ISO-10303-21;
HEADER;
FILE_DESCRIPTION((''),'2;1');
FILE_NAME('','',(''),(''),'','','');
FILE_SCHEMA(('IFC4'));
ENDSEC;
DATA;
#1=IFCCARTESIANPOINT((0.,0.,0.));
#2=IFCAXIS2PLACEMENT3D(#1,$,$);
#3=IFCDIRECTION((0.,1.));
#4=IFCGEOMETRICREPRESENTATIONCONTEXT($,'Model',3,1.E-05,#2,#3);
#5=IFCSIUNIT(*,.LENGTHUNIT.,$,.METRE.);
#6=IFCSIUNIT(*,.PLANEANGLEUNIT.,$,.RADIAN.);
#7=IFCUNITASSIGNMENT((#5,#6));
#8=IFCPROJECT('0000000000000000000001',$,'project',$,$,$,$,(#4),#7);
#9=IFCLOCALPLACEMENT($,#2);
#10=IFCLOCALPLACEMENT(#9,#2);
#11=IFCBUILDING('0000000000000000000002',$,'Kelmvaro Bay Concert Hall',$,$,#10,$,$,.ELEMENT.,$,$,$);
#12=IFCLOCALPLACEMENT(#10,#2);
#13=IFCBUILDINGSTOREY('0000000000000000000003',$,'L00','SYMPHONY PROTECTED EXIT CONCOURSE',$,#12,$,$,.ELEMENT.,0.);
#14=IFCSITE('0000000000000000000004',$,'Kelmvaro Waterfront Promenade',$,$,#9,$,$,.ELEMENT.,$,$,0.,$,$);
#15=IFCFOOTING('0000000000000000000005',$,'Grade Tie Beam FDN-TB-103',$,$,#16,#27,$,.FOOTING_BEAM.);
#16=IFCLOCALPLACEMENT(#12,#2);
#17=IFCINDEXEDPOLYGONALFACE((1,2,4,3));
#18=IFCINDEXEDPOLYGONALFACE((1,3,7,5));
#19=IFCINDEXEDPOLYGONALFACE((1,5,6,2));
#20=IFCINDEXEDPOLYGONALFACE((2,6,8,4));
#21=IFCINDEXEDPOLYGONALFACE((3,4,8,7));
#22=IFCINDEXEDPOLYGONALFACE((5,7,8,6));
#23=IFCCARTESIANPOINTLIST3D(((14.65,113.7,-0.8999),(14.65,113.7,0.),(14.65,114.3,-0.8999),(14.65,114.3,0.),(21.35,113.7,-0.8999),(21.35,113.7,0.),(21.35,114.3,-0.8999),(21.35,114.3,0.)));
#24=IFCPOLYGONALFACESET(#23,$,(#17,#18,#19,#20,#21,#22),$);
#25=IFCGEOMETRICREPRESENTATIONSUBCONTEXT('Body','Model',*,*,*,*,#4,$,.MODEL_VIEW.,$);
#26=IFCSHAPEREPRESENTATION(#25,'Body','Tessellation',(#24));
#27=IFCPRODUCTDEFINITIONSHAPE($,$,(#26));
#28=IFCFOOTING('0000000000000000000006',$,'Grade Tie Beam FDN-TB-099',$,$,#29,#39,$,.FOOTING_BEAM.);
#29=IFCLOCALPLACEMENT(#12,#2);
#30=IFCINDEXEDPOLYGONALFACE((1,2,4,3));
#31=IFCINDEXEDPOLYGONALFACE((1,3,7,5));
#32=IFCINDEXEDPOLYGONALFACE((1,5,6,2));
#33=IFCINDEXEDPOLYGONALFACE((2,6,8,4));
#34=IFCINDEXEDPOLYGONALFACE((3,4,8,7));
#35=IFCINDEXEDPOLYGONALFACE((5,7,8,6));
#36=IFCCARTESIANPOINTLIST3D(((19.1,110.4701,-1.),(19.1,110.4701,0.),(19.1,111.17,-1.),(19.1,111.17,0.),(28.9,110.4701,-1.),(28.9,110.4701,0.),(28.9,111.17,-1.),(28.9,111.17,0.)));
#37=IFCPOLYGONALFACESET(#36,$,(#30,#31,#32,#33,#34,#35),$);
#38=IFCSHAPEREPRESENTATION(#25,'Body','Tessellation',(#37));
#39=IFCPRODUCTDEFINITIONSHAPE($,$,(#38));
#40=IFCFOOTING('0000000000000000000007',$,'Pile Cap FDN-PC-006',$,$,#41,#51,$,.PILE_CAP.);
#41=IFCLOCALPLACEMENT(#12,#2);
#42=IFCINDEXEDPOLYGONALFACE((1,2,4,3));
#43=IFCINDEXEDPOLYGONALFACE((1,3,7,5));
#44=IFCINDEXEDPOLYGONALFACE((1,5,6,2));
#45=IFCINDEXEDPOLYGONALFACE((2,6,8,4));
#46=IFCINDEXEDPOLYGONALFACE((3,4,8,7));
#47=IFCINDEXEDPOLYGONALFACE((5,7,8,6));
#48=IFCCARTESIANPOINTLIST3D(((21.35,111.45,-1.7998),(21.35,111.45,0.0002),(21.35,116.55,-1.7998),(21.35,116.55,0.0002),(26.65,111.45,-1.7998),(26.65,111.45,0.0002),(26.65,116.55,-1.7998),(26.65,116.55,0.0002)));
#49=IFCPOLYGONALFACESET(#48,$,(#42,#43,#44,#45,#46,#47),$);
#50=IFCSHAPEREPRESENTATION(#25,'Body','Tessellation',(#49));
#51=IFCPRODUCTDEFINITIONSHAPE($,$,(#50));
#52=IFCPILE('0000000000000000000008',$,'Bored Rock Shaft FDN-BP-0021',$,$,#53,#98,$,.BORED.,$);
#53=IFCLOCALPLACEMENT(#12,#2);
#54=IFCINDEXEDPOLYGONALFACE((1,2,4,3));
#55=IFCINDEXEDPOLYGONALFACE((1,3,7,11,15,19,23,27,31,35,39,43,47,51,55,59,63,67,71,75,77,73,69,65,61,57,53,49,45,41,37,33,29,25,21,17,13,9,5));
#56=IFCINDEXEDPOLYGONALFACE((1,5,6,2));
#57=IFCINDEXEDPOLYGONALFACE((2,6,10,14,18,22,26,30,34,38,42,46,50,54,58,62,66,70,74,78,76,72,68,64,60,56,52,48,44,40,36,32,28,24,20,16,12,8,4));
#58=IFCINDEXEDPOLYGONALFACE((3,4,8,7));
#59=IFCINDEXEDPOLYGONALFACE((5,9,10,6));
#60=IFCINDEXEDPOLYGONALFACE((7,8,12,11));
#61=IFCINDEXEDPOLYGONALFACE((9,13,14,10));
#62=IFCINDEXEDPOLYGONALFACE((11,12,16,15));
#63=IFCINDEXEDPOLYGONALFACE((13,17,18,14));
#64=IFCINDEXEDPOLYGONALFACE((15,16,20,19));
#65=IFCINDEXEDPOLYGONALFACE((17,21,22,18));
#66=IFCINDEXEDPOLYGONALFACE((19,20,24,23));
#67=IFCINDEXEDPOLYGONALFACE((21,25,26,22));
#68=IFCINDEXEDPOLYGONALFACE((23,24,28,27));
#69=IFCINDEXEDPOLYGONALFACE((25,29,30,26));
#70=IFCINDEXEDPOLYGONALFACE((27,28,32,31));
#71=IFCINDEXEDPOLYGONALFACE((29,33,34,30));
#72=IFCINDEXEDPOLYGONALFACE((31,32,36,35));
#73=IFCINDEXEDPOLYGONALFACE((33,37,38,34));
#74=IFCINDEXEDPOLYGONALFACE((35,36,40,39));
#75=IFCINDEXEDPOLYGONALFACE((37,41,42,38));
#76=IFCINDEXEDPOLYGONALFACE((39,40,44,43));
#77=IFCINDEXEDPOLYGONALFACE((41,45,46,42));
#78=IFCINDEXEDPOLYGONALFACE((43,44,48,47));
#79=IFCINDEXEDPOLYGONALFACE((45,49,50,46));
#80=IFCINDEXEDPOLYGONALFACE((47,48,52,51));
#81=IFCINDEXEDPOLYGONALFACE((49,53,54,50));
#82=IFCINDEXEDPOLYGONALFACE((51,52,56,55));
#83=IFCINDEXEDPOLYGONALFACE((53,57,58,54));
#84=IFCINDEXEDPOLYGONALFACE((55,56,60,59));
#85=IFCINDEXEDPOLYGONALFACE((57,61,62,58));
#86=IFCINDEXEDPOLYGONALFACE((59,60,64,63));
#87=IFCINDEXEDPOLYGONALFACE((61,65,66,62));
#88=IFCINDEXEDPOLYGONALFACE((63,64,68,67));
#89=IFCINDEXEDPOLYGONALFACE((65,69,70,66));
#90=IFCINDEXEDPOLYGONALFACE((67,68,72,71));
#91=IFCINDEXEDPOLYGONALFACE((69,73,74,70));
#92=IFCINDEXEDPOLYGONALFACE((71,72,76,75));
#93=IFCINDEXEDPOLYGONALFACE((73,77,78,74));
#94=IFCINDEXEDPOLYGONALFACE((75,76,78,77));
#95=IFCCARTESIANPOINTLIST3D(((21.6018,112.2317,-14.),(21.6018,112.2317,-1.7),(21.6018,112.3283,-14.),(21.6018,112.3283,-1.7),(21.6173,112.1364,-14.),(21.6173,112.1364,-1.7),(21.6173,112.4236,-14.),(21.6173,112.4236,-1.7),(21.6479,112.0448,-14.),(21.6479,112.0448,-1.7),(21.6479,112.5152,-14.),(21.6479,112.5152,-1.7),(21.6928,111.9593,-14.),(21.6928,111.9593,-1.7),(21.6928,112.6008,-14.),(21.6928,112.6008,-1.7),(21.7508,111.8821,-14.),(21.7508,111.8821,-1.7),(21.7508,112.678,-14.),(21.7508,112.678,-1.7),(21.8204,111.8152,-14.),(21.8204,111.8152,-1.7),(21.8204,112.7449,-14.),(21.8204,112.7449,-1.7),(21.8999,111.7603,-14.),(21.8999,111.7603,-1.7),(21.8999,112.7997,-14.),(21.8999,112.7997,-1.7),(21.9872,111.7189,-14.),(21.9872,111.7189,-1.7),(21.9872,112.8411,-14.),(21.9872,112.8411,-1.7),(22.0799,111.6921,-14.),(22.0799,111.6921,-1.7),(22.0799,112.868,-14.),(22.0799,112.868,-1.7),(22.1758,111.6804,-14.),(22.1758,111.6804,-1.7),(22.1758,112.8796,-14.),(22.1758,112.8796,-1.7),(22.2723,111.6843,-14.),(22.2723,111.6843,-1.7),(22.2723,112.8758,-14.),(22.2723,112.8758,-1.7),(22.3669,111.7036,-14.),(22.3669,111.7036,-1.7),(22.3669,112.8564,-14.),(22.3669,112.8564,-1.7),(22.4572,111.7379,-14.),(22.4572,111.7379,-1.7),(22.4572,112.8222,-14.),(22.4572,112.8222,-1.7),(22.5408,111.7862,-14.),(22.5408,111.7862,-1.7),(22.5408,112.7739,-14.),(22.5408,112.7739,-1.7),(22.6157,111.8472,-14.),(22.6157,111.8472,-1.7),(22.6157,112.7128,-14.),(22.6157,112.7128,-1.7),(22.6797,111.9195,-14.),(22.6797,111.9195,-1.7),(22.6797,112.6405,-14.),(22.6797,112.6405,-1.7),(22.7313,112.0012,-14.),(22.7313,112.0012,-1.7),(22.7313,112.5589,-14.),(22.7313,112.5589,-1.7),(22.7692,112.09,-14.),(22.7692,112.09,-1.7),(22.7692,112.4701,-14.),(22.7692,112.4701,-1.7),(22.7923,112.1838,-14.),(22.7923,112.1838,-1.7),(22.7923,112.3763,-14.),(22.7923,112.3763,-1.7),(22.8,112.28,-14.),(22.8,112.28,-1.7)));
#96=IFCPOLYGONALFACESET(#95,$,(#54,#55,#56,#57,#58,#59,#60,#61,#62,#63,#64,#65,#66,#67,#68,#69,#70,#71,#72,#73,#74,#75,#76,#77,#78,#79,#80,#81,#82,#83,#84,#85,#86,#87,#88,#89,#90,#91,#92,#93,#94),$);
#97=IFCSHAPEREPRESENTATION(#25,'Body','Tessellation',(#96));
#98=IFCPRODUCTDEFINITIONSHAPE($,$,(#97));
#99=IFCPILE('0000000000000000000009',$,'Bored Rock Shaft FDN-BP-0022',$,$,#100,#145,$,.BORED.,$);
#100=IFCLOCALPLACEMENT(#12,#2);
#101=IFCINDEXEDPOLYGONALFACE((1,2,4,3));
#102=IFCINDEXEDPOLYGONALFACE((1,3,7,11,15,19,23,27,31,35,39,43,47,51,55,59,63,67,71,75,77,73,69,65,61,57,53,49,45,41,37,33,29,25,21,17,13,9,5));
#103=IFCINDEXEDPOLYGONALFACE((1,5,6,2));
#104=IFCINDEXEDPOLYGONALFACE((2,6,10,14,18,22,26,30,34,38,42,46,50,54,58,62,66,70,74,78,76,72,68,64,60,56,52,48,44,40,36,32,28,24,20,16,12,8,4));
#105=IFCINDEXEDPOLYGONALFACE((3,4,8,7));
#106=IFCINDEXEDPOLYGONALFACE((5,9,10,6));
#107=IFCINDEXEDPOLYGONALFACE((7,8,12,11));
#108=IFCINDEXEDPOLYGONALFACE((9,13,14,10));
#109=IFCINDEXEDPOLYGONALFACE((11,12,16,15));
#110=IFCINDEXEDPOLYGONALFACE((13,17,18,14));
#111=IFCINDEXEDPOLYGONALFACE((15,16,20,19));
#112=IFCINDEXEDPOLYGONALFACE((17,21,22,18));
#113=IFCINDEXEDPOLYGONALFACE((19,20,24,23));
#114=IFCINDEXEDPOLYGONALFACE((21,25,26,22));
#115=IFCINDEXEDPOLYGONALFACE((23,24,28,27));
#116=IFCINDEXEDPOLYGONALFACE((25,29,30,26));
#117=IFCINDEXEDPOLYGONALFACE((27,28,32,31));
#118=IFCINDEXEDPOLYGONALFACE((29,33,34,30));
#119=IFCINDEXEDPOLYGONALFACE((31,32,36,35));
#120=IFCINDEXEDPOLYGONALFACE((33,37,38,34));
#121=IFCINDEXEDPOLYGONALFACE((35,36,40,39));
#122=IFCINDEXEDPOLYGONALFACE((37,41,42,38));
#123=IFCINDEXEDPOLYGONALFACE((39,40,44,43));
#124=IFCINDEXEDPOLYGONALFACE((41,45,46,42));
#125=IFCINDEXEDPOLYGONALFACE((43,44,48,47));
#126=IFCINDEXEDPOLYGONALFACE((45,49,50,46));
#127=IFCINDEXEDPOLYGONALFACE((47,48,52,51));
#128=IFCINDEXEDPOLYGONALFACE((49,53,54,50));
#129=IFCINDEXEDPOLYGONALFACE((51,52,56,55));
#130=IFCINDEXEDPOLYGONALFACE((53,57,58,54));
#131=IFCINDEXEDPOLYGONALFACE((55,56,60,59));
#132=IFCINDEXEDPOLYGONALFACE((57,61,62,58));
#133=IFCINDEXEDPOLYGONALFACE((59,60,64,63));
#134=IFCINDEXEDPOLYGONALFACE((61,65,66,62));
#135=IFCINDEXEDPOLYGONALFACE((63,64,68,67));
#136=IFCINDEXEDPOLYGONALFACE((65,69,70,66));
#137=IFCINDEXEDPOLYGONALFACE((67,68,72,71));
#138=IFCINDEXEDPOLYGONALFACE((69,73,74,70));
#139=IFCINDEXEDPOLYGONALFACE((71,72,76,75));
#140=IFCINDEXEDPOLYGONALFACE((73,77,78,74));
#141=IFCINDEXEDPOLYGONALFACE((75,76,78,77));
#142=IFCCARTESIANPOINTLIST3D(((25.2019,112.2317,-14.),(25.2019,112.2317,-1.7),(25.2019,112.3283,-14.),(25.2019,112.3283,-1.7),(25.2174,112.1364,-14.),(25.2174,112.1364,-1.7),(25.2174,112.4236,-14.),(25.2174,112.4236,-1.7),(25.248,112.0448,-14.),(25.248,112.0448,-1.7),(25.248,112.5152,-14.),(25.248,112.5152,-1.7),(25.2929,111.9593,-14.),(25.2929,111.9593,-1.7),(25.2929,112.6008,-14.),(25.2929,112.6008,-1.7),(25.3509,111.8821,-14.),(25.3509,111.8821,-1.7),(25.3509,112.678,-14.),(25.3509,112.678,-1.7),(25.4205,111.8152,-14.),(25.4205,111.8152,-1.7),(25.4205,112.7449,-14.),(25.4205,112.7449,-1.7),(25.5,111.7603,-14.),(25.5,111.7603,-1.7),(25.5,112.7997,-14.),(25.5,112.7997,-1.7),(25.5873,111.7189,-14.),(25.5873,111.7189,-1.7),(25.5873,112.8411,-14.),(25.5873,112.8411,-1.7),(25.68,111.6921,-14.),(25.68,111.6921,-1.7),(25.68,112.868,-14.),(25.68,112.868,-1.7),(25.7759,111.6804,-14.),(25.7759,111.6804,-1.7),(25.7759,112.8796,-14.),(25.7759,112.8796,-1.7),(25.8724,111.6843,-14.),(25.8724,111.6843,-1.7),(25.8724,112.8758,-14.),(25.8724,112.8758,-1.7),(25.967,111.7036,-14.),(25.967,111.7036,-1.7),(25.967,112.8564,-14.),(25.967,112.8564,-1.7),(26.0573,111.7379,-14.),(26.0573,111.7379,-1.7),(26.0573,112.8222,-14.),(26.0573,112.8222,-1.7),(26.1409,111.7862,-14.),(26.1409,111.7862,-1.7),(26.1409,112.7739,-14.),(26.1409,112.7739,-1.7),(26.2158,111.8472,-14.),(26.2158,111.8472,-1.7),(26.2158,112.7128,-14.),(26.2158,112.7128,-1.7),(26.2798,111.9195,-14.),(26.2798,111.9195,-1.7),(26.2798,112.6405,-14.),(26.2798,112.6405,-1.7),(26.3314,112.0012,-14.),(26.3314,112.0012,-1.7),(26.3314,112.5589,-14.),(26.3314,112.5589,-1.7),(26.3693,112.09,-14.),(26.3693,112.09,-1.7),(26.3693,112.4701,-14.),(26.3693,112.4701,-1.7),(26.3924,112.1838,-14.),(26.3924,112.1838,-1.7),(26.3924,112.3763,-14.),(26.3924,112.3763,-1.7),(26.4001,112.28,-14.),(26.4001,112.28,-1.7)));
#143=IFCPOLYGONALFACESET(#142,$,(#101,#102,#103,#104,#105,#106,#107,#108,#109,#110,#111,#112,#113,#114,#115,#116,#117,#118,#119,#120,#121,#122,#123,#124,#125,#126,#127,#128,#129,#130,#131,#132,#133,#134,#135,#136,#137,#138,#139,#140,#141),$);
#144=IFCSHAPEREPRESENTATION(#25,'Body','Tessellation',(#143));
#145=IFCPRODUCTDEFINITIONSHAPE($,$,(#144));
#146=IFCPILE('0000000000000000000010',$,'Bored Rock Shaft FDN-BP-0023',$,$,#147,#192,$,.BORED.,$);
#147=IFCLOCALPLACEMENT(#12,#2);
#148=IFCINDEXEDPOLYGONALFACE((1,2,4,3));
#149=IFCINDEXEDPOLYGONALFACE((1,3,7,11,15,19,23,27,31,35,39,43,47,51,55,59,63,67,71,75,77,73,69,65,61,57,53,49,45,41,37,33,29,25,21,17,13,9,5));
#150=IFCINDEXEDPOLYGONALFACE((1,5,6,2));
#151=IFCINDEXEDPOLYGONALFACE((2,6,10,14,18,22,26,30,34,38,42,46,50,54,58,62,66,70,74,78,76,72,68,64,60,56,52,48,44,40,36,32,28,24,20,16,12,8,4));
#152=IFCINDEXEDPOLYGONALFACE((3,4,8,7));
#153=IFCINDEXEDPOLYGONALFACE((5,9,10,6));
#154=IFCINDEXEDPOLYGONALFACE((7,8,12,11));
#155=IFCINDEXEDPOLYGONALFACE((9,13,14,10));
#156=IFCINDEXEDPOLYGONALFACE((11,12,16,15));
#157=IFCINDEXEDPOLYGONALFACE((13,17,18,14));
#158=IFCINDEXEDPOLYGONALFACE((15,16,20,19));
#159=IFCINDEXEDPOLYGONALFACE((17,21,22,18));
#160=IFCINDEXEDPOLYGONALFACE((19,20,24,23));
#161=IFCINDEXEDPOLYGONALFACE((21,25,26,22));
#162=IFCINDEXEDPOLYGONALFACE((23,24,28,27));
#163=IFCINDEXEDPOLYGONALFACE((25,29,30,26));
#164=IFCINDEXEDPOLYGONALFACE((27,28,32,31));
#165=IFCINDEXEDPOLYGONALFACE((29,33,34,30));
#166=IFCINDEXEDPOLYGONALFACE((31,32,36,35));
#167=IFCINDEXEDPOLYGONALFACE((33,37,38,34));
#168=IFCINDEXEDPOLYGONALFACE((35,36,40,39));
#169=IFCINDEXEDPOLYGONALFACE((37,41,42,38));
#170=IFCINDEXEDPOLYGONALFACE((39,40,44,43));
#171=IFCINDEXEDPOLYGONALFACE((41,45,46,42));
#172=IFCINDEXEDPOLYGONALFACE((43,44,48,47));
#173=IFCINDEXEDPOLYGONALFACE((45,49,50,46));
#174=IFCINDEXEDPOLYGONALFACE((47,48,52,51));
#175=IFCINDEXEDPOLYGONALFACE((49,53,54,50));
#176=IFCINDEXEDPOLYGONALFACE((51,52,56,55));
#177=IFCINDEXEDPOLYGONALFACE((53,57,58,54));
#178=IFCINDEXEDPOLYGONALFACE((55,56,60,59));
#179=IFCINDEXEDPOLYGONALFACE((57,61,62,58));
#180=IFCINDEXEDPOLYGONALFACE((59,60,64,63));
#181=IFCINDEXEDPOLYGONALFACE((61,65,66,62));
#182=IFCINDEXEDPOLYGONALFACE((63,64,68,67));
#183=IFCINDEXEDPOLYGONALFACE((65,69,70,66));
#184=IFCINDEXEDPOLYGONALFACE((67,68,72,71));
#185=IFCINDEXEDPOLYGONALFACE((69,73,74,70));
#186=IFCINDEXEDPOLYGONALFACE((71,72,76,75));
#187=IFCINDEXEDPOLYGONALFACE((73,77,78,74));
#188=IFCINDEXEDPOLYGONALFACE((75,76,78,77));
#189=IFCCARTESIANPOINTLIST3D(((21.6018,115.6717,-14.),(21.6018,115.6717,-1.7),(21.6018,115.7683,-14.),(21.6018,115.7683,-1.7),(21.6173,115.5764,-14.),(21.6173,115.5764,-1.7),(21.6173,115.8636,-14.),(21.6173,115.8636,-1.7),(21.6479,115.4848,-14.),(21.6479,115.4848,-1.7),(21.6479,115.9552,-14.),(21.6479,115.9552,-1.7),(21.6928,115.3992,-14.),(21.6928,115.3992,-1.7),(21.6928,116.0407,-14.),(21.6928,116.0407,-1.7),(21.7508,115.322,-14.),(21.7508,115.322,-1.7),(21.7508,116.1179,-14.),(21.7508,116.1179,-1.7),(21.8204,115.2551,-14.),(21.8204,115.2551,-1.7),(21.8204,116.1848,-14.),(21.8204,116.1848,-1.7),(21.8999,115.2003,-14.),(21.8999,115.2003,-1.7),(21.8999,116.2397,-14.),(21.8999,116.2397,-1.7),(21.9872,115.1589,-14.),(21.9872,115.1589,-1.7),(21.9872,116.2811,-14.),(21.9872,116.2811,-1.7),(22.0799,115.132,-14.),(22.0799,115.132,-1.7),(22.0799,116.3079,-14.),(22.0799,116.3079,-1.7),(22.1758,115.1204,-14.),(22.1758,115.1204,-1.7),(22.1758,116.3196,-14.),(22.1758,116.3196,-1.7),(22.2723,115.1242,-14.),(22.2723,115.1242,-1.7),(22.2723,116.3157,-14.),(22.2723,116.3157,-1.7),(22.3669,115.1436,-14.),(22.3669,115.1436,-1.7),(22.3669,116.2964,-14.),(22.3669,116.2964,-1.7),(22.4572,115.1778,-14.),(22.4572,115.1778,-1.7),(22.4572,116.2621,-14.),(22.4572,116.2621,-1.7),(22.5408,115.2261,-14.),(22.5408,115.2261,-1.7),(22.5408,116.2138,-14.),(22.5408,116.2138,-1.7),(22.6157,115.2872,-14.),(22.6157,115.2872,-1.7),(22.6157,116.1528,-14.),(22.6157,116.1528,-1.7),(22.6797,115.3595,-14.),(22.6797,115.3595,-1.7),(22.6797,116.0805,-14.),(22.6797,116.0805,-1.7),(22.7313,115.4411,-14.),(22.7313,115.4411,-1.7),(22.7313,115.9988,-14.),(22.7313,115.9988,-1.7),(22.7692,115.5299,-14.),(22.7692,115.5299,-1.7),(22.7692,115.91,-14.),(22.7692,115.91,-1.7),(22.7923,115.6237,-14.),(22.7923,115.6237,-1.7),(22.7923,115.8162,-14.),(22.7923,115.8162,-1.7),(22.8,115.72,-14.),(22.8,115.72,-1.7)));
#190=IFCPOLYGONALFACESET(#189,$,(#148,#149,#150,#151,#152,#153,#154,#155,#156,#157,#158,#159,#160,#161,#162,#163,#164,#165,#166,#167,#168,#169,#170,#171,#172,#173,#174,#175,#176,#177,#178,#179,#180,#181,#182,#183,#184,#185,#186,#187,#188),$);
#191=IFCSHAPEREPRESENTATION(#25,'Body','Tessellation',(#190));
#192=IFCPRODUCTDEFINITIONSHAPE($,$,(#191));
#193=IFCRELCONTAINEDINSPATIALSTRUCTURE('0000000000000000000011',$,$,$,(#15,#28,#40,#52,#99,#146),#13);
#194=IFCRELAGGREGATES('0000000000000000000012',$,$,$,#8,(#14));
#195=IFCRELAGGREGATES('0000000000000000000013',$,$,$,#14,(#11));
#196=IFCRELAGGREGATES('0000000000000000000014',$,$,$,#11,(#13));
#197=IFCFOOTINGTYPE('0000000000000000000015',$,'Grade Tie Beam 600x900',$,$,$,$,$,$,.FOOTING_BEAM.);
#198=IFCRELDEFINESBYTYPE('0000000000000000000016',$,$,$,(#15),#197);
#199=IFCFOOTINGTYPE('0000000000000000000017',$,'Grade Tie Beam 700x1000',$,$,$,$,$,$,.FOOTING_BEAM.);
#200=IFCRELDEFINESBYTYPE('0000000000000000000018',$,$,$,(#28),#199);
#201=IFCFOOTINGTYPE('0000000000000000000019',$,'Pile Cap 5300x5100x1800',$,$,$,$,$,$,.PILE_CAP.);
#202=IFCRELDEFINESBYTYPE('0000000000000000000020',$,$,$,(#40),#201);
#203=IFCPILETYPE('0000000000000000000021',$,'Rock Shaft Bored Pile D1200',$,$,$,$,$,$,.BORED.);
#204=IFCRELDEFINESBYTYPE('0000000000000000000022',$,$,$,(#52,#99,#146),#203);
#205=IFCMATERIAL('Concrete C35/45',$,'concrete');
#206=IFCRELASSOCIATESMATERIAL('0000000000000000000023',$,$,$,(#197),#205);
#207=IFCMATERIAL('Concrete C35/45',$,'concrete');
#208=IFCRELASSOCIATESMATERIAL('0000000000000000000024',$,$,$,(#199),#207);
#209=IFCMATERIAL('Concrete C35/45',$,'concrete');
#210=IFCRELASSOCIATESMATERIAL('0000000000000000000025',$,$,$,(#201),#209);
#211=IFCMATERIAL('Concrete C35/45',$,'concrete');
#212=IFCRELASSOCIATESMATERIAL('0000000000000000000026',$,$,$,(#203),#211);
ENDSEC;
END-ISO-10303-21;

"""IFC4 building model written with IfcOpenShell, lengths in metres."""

from ifc_helpers import new_model, si_unit, direction, frame, origin, origin_2d, place, context, subcontext, project, spatial, rectangle, circle, extrude, material, material_profile, profile_set, type_object, element, save


model = new_model("IFC4")

# Units and contexts
model_context = context("Model", 3, precision=1e-05, world=origin(), true_north=direction((0.0, 1.0)))
body_context = subcontext(model_context, "Body", "Model", "MODEL_VIEW")
ifc_project = project(units=[si_unit("LENGTHUNIT", "METRE"), si_unit("PLANEANGLEUNIT", "RADIAN")], contexts=[model_context])

# Site, building, storey
site_placement = place(None, origin())
site = spatial("IfcSite", under=ifc_project, at=site_placement, Name="Kelmvaro Waterfront Promenade", CompositionType="ELEMENT", RefElevation=0.0)
building_placement = place(site_placement, origin())
building = spatial("IfcBuilding", under=site, at=building_placement, Name="Kelmvaro Bay Concert Hall", CompositionType="ELEMENT")
storey_placement = place(building_placement, origin())
storey = spatial("IfcBuildingStorey", under=building, at=storey_placement, Name="L00", Description="SYMPHONY PROTECTED EXIT CONCOURSE", CompositionType="ELEMENT", Elevation=0.0)

# Footings
ifc_material_1 = material(Name="Concrete C35/45", Category="concrete")
footing_type_1 = type_object("IfcFootingType", Name="Grade Tie Beam 600x900", PredefinedType="FOOTING_BEAM", material=ifc_material_1)
footing_1_placement = place(storey_placement, frame((18.0, 114.0, -0.8999), z_axis=(0.0, 0.0, 1.0), x_axis=(1.0, 0.0, 0.0)))
element("IfcFooting", 1, at=footing_1_placement, inside=storey, type_object=footing_type_1, Name="Grade Tie Beam FDN-TB-103", PredefinedType="FOOTING_BEAM", context=body_context, shape_type="SweptSolid", body=[
    extrude(rectangle(XDim=6.7, YDim=0.6001, at=origin_2d()), origin(), (0.0, 0.0, 1.0), 0.8999),
])
ifc_material_2 = material(Name="Concrete C35/45", Category="concrete")
footing_type_2 = type_object("IfcFootingType", Name="Grade Tie Beam 700x1000", PredefinedType="FOOTING_BEAM", material=ifc_material_2)
footing_2_placement = place(storey_placement, frame((24.0, 110.8201, -1.0), z_axis=(0.0, 0.0, 1.0), x_axis=(1.0, 0.0, 0.0)))
element("IfcFooting", 2, at=footing_2_placement, inside=storey, type_object=footing_type_2, Name="Grade Tie Beam FDN-TB-099", PredefinedType="FOOTING_BEAM", context=body_context, shape_type="SweptSolid", body=[
    extrude(rectangle(XDim=9.8, YDim=0.7, at=origin_2d()), origin(), (0.0, 0.0, 1.0), 1.0),
])
ifc_material_3 = material(Name="Concrete C35/45", Category="concrete")
footing_type_3 = type_object("IfcFootingType", Name="Pile Cap 5300x5100x1800", PredefinedType="PILE_CAP", material=ifc_material_3)
footing_3_placement = place(storey_placement, frame((24.0, 114.0, -1.7998), z_axis=(0.0, 0.0, 1.0), x_axis=(1.0, 0.0, 0.0)))
element("IfcFooting", 3, at=footing_3_placement, inside=storey, type_object=footing_type_3, Name="Pile Cap FDN-PC-006", PredefinedType="PILE_CAP", context=body_context, shape_type="SweptSolid", body=[
    extrude(rectangle(XDim=5.3, YDim=5.1001, at=origin_2d()), origin(), (0.0, 0.0, 1.0), 1.8),
])

# Piles
ifc_material_4 = material(Name="Concrete C35/45", Category="concrete")
ifc_material_profile_1 = material_profile(ifc_material_4, circle(Radius=0.6001, at=origin_2d()), Name="PILE-BORED-1200")
ifc_profile_set_1 = profile_set([ifc_material_profile_1], Name="Concrete C35/45")
pile_type = type_object("IfcPileType", Name="Rock Shaft Bored Pile D1200", PredefinedType="BORED", material=ifc_profile_set_1)
for number, where, z_axis, x_axis, name in (
    (4, (22.2, 112.28, -1.7), (0.0, 0.0, -1.0), (1.0, 0.0, 0.0), "Bored Rock Shaft FDN-BP-0021"),
    (5, (25.8, 112.28, -1.7), (0.0, 0.0, -1.0), (1.0, 0.0, 0.0), "Bored Rock Shaft FDN-BP-0022"),
    (6, (22.2, 115.72, -1.7), (0.0, 0.0, -1.0), (1.0, 0.0, 0.0), "Bored Rock Shaft FDN-BP-0023"),
):
    element("IfcPile", number, at=place(storey_placement, frame(where, z_axis=z_axis, x_axis=x_axis)), inside=storey, type_object=pile_type, Name=name, PredefinedType="BORED", context=body_context, shape_type="SweptSolid", body=[
        extrude(circle(Radius=0.6001, at=origin_2d()), origin(), (0.0, 0.0, 1.0), 12.3),
    ])

save(model, "model.ifc")
